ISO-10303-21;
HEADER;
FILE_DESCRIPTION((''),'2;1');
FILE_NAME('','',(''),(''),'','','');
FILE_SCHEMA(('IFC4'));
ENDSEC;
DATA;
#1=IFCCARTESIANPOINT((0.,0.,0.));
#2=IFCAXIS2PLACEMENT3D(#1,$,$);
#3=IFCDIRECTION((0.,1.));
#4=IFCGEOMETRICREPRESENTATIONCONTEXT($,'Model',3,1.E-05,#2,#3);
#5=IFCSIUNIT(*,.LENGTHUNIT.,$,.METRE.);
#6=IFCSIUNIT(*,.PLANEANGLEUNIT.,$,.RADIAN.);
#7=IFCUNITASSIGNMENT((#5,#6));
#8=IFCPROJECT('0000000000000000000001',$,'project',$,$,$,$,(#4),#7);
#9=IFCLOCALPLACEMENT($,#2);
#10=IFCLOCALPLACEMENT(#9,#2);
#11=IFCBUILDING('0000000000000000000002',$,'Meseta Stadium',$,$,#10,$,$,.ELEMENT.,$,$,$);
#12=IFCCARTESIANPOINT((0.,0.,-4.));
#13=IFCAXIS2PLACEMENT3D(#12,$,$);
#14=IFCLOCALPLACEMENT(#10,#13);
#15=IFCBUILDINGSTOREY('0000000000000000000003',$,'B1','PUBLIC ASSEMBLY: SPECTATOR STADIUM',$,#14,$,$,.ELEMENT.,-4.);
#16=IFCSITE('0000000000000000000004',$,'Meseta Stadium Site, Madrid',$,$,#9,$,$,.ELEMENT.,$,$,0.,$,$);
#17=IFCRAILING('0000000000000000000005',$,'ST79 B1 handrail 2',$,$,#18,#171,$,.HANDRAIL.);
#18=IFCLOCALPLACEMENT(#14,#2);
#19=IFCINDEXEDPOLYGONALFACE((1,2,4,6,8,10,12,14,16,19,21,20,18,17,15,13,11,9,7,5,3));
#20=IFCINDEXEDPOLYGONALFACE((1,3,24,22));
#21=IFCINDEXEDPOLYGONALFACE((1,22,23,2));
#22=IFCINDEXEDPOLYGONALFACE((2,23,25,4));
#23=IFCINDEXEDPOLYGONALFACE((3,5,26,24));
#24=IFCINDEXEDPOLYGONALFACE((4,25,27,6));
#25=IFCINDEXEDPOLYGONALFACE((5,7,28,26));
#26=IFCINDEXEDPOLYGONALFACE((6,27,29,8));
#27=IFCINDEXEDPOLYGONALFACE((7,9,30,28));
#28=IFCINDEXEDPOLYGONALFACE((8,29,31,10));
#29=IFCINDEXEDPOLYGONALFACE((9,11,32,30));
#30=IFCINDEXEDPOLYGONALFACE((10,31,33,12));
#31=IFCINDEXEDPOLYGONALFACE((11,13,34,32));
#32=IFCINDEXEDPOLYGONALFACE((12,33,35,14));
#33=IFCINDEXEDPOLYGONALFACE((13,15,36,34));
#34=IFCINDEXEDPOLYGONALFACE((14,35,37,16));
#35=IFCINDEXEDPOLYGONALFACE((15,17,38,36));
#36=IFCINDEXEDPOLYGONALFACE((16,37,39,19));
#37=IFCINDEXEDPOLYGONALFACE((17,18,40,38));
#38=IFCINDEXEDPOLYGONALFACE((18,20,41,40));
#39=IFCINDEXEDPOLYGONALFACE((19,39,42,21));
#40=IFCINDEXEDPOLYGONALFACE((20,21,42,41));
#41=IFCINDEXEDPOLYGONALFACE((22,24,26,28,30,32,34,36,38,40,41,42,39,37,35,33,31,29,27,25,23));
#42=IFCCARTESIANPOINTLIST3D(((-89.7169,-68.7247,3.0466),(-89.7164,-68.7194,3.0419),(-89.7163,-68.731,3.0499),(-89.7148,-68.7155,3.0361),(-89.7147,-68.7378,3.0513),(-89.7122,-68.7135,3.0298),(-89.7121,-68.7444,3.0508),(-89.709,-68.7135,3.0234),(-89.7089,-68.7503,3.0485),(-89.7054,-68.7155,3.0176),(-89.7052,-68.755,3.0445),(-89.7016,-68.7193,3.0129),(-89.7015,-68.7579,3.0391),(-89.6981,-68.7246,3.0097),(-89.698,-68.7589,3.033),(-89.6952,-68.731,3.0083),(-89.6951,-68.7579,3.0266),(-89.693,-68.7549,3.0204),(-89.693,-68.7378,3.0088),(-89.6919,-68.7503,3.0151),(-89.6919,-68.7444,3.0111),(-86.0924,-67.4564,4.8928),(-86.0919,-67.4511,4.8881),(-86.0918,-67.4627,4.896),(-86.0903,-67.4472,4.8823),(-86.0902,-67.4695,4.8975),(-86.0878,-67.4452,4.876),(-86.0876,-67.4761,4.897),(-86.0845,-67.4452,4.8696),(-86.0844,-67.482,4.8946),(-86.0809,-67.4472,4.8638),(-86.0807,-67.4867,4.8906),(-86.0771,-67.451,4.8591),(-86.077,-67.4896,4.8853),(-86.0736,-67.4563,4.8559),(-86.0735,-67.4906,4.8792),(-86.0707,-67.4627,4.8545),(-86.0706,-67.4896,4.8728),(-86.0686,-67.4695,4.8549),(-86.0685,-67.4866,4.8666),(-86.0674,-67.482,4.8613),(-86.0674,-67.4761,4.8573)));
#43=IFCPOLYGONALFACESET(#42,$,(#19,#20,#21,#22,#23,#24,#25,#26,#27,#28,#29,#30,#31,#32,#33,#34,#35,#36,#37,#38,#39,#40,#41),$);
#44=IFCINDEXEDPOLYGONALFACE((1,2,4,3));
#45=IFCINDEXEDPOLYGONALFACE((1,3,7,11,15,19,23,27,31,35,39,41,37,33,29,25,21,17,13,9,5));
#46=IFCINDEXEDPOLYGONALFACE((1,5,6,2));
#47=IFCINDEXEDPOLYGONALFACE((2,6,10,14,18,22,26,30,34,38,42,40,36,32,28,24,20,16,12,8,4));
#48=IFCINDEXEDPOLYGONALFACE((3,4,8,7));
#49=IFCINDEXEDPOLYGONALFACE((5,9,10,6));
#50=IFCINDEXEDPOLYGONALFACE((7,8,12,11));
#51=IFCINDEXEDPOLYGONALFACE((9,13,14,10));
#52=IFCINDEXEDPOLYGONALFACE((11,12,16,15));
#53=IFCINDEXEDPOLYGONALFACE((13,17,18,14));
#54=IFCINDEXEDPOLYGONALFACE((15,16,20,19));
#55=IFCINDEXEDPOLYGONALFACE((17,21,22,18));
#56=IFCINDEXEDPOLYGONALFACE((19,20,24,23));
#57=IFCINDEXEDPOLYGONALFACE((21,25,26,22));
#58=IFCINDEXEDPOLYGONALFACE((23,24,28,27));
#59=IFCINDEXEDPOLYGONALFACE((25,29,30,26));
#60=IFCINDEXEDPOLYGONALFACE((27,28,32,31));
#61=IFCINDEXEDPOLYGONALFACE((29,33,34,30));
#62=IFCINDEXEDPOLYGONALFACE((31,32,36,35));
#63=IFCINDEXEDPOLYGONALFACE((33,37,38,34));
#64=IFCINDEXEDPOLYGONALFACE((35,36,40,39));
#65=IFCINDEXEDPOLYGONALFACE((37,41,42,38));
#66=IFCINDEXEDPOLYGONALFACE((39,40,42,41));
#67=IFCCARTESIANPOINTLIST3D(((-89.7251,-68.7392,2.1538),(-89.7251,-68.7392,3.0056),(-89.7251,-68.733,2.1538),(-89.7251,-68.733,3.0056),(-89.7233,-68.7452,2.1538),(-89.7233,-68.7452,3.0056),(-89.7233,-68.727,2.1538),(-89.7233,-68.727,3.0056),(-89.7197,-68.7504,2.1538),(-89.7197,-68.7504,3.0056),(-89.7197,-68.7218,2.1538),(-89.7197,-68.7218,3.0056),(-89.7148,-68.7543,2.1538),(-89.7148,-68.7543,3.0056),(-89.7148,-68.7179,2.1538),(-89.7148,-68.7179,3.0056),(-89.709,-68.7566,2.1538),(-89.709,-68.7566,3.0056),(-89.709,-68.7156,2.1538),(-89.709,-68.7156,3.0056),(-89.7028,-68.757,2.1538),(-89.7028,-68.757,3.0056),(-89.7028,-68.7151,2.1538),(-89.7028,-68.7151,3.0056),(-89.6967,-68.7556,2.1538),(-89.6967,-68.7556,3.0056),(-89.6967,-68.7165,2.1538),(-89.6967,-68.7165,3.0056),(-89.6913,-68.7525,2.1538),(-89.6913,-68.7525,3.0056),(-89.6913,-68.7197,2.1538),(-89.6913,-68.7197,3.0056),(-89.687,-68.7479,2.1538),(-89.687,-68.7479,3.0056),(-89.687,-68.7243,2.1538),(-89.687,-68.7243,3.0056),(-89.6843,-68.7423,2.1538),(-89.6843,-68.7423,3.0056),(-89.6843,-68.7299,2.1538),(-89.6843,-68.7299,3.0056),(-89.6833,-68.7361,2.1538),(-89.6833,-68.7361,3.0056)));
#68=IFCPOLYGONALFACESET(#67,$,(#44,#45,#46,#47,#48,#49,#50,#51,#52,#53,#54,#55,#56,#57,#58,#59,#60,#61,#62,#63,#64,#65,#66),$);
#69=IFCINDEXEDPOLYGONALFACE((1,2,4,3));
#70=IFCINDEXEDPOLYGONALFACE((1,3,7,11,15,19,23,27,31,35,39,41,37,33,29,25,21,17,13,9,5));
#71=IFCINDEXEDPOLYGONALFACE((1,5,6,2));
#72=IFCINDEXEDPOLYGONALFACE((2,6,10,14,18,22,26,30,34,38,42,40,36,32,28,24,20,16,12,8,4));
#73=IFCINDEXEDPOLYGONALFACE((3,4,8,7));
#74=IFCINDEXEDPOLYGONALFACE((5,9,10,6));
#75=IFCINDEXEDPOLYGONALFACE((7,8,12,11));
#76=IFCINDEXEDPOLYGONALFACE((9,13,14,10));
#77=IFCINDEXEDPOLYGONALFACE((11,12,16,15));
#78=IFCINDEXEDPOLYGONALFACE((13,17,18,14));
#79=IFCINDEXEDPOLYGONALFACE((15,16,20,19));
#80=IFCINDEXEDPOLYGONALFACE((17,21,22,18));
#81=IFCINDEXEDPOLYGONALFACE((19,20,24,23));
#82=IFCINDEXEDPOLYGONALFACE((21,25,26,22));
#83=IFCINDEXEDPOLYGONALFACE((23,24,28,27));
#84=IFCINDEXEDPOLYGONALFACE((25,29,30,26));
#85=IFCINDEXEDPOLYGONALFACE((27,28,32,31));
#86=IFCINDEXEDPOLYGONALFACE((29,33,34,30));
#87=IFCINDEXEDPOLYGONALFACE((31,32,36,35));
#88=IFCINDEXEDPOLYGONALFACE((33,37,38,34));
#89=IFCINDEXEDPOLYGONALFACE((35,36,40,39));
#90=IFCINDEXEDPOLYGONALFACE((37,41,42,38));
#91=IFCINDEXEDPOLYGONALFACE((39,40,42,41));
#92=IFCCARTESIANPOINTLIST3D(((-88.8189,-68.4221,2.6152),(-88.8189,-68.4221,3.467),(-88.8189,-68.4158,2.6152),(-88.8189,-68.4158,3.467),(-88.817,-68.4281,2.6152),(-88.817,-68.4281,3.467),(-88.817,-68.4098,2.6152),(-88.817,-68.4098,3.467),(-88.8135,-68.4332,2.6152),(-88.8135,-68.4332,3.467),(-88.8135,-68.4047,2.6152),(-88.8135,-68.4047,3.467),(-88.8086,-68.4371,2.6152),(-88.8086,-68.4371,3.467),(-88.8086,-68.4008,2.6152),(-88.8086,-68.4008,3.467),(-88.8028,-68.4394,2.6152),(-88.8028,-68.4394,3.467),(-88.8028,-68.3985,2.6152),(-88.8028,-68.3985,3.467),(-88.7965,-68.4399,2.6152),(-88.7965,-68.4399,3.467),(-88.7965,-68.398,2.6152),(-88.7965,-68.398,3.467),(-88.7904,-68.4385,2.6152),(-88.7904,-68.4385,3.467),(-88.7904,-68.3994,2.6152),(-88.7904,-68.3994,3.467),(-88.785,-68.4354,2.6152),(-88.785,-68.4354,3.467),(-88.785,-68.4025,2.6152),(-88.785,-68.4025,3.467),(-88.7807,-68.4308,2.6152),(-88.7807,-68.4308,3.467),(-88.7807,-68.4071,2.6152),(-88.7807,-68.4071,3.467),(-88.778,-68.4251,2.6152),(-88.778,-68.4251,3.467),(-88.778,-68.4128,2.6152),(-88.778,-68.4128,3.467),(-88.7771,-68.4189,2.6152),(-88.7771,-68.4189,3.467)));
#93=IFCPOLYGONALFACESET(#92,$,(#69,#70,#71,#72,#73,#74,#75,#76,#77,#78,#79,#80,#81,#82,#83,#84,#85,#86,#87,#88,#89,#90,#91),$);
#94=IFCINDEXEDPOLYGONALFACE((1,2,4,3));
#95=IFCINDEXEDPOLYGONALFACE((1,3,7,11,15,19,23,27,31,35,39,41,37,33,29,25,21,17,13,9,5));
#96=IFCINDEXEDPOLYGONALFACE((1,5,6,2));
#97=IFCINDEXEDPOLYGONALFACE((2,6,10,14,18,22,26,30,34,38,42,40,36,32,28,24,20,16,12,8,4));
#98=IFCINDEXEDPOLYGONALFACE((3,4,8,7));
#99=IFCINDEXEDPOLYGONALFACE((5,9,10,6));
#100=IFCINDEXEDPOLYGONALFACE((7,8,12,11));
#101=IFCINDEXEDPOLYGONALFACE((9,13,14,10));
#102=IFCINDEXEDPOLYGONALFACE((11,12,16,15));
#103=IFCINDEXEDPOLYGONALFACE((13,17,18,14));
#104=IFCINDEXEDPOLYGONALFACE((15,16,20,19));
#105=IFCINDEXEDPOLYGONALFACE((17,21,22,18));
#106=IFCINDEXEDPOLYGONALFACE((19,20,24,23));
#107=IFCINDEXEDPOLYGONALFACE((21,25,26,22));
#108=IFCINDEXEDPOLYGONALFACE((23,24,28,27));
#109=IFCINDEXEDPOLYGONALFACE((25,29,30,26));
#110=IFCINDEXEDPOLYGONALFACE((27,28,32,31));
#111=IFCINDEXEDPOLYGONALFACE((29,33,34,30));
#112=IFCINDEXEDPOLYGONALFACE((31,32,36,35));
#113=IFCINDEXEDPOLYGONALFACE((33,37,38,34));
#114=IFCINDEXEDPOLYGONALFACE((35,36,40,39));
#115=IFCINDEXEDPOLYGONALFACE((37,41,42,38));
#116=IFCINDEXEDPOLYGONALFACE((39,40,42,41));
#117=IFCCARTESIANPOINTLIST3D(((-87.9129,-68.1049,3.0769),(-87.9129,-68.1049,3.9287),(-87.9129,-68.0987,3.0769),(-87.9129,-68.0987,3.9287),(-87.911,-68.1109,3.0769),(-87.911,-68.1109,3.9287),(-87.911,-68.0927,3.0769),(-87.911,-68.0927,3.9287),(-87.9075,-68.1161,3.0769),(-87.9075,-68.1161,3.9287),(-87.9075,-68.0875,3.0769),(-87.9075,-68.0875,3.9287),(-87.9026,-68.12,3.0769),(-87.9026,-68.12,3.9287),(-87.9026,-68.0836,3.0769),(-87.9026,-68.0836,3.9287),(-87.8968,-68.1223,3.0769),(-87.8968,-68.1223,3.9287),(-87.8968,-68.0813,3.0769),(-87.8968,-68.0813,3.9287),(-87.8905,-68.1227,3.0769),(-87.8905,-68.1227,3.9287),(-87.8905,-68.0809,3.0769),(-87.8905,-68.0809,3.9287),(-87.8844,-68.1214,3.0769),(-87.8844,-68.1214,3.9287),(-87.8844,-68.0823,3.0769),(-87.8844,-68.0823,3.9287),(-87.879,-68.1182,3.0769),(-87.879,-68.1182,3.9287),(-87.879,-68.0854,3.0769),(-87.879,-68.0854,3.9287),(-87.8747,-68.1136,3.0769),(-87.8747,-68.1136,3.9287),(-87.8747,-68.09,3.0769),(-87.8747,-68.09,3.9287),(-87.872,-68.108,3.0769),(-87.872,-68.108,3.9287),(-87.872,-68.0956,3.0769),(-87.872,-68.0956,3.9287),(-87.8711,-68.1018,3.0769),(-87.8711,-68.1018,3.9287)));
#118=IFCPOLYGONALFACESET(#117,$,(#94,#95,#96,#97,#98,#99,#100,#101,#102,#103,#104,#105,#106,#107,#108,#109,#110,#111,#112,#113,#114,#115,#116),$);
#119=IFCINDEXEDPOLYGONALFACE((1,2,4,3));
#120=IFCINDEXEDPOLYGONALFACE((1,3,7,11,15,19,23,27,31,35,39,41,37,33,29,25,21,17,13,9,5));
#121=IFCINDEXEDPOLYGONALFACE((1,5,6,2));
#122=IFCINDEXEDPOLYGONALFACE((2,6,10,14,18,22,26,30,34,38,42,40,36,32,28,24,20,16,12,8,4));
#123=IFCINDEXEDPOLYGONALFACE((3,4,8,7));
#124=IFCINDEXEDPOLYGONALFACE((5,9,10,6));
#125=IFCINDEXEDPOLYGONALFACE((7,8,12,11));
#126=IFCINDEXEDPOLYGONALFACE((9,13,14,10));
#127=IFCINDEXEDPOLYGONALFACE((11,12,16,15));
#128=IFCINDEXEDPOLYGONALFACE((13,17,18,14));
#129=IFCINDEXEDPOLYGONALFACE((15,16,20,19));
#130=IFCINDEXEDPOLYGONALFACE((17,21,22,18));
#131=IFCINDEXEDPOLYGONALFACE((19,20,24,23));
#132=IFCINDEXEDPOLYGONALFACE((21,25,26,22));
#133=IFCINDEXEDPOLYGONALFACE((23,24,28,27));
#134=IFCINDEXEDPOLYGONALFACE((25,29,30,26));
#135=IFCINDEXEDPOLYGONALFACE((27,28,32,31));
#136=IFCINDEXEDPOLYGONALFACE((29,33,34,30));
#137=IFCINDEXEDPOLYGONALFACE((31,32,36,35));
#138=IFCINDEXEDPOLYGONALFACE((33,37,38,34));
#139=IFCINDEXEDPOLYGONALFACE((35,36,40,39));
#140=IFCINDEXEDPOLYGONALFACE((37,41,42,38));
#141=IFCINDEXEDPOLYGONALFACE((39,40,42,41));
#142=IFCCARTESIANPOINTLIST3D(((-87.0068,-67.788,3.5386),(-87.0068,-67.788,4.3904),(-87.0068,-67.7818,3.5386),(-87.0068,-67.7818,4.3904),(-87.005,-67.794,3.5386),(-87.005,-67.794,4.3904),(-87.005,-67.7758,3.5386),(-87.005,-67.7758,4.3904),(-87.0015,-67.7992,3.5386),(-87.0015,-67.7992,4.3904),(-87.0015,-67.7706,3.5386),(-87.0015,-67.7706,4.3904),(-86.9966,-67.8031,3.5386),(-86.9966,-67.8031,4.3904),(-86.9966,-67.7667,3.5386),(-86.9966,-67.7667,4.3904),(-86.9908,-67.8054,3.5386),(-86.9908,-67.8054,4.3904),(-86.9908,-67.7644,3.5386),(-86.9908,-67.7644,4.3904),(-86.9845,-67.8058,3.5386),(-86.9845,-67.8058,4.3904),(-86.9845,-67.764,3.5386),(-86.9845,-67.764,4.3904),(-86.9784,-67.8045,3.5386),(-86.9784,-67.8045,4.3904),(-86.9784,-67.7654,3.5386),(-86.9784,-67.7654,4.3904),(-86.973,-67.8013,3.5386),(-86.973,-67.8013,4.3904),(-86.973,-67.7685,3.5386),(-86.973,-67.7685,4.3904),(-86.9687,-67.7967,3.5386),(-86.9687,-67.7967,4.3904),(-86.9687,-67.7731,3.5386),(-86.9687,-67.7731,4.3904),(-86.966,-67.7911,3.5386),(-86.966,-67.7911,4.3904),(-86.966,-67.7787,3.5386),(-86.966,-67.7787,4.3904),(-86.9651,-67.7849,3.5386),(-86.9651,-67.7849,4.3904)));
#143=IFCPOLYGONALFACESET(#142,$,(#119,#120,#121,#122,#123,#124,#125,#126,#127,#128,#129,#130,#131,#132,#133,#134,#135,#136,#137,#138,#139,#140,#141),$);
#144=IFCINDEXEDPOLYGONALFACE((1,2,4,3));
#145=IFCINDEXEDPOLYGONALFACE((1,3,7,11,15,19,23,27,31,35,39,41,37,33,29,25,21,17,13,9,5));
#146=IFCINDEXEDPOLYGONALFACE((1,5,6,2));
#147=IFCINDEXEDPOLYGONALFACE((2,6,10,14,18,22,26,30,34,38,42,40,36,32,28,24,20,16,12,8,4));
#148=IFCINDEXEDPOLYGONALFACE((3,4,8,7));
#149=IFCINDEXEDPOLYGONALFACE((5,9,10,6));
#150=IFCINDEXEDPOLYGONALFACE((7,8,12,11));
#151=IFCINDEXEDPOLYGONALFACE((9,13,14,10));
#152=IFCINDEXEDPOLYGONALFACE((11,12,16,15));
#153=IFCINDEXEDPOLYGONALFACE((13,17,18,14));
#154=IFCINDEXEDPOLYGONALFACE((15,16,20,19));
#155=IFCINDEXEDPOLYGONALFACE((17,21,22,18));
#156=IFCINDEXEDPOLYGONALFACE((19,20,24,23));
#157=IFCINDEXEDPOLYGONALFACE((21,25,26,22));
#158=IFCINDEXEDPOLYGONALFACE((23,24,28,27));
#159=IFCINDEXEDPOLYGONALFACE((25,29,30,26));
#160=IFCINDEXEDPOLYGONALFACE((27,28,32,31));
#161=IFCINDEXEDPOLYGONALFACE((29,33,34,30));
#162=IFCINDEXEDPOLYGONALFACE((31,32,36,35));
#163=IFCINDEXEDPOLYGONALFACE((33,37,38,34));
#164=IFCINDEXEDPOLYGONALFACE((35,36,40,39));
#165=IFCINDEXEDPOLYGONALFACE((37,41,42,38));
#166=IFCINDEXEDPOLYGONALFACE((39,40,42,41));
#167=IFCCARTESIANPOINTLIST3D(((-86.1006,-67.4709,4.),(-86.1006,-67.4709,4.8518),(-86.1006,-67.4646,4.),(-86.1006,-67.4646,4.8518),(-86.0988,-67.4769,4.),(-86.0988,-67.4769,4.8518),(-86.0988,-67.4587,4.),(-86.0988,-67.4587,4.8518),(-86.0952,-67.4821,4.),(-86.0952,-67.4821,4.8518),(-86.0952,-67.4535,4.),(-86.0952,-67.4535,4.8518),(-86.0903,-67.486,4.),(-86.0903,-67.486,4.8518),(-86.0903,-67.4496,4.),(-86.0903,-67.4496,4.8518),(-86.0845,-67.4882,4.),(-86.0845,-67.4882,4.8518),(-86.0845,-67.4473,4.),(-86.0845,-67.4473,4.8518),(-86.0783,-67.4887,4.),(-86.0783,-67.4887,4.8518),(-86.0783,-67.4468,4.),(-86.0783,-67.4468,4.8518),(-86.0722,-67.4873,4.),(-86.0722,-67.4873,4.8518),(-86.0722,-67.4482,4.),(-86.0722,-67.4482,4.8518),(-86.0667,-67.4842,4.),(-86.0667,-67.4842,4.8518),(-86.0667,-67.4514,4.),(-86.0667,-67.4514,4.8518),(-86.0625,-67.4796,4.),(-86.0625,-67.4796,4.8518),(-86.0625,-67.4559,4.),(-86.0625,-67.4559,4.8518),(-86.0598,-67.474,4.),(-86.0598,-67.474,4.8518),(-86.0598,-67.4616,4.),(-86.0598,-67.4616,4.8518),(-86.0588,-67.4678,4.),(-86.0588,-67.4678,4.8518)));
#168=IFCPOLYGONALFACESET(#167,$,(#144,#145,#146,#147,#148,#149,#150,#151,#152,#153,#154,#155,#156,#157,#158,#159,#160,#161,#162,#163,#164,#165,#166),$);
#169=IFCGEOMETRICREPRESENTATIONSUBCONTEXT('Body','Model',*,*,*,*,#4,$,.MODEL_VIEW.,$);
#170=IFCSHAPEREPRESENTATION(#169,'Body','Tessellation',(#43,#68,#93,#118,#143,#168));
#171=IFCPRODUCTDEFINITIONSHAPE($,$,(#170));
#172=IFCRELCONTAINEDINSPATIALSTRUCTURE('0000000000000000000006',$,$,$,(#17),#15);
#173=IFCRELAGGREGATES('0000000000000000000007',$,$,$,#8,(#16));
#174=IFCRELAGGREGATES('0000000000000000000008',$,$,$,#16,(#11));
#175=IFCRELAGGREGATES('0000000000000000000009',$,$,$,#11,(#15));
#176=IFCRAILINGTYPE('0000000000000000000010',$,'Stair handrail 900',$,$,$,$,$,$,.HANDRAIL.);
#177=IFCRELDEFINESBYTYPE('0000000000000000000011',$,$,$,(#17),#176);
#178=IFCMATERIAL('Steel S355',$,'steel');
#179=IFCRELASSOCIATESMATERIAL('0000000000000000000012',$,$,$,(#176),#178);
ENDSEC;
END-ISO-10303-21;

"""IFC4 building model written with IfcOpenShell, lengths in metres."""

from ifc_helpers import new_model, si_unit, direction, frame, origin, origin_2d, place, context, subcontext, project, spatial, circle, extrude, material, type_object, element, save


model = new_model("IFC4")

# Units and contexts
model_context = context("Model", 3, precision=1e-05, world=origin(), true_north=direction((0.0, 1.0)))
body_context = subcontext(model_context, "Body", "Model", "MODEL_VIEW")
ifc_project = project(units=[si_unit("LENGTHUNIT", "METRE"), si_unit("PLANEANGLEUNIT", "RADIAN")], contexts=[model_context])

# Site, building, storey
site_placement = place(None, origin())
site = spatial("IfcSite", under=ifc_project, at=site_placement, Name="Meseta Stadium Site, Madrid", CompositionType="ELEMENT", RefElevation=0.0)
building_placement = place(site_placement, origin())
building = spatial("IfcBuilding", under=site, at=building_placement, Name="Meseta Stadium", CompositionType="ELEMENT")
storey_placement = place(building_placement, frame((0.0, 0.0, -4.0)))
storey = spatial("IfcBuildingStorey", under=building, at=storey_placement, Name="B1", Description="PUBLIC ASSEMBLY: SPECTATOR STADIUM", CompositionType="ELEMENT", Elevation=-4.0)

# Railing
ifc_material_1 = material(Name="Steel S355", Category="steel")
railing_type_1 = type_object("IfcRailingType", Name="Stair handrail 900", PredefinedType="HANDRAIL", material=ifc_material_1)
railing_1_placement = place(storey_placement, frame((-89.7043, -68.7361, 2.1538)))
element("IfcRailing", 1, at=railing_1_placement, inside=storey, type_object=railing_type_1, Name="ST79 B1 handrail 2", PredefinedType="HANDRAIL", context=body_context, shape_type="SweptSolid", body=[
    extrude(circle(Radius=0.0239, at=origin_2d()), frame((0.0, 0.0, 0.876), z_axis=(0.850672, 0.297672, 0.4333), x_axis=(-0.330288, 0.94388, 0.0)), (0.0, 0.0, 1.0), 4.2607),
    extrude(circle(Radius=0.021, at=origin_2d()), origin(), (0.0, 0.0, 1.0), 0.8518),
    extrude(circle(Radius=0.021, at=origin_2d()), frame((0.9062, 0.3171, 0.4614)), (0.0, 0.0, 1.0), 0.8518),
    extrude(circle(Radius=0.021, at=origin_2d()), frame((1.8123, 0.6343, 0.9231)), (0.0, 0.0, 1.0), 0.8518),
    extrude(circle(Radius=0.021, at=origin_2d()), frame((2.7183, 0.9512, 1.3848)), (0.0, 0.0, 1.0), 0.8518),
    extrude(circle(Radius=0.021, at=origin_2d()), frame((3.6245, 1.2683, 1.8462)), (0.0, 0.0, 1.0), 0.8518),
])

save(model, "model.ifc")
